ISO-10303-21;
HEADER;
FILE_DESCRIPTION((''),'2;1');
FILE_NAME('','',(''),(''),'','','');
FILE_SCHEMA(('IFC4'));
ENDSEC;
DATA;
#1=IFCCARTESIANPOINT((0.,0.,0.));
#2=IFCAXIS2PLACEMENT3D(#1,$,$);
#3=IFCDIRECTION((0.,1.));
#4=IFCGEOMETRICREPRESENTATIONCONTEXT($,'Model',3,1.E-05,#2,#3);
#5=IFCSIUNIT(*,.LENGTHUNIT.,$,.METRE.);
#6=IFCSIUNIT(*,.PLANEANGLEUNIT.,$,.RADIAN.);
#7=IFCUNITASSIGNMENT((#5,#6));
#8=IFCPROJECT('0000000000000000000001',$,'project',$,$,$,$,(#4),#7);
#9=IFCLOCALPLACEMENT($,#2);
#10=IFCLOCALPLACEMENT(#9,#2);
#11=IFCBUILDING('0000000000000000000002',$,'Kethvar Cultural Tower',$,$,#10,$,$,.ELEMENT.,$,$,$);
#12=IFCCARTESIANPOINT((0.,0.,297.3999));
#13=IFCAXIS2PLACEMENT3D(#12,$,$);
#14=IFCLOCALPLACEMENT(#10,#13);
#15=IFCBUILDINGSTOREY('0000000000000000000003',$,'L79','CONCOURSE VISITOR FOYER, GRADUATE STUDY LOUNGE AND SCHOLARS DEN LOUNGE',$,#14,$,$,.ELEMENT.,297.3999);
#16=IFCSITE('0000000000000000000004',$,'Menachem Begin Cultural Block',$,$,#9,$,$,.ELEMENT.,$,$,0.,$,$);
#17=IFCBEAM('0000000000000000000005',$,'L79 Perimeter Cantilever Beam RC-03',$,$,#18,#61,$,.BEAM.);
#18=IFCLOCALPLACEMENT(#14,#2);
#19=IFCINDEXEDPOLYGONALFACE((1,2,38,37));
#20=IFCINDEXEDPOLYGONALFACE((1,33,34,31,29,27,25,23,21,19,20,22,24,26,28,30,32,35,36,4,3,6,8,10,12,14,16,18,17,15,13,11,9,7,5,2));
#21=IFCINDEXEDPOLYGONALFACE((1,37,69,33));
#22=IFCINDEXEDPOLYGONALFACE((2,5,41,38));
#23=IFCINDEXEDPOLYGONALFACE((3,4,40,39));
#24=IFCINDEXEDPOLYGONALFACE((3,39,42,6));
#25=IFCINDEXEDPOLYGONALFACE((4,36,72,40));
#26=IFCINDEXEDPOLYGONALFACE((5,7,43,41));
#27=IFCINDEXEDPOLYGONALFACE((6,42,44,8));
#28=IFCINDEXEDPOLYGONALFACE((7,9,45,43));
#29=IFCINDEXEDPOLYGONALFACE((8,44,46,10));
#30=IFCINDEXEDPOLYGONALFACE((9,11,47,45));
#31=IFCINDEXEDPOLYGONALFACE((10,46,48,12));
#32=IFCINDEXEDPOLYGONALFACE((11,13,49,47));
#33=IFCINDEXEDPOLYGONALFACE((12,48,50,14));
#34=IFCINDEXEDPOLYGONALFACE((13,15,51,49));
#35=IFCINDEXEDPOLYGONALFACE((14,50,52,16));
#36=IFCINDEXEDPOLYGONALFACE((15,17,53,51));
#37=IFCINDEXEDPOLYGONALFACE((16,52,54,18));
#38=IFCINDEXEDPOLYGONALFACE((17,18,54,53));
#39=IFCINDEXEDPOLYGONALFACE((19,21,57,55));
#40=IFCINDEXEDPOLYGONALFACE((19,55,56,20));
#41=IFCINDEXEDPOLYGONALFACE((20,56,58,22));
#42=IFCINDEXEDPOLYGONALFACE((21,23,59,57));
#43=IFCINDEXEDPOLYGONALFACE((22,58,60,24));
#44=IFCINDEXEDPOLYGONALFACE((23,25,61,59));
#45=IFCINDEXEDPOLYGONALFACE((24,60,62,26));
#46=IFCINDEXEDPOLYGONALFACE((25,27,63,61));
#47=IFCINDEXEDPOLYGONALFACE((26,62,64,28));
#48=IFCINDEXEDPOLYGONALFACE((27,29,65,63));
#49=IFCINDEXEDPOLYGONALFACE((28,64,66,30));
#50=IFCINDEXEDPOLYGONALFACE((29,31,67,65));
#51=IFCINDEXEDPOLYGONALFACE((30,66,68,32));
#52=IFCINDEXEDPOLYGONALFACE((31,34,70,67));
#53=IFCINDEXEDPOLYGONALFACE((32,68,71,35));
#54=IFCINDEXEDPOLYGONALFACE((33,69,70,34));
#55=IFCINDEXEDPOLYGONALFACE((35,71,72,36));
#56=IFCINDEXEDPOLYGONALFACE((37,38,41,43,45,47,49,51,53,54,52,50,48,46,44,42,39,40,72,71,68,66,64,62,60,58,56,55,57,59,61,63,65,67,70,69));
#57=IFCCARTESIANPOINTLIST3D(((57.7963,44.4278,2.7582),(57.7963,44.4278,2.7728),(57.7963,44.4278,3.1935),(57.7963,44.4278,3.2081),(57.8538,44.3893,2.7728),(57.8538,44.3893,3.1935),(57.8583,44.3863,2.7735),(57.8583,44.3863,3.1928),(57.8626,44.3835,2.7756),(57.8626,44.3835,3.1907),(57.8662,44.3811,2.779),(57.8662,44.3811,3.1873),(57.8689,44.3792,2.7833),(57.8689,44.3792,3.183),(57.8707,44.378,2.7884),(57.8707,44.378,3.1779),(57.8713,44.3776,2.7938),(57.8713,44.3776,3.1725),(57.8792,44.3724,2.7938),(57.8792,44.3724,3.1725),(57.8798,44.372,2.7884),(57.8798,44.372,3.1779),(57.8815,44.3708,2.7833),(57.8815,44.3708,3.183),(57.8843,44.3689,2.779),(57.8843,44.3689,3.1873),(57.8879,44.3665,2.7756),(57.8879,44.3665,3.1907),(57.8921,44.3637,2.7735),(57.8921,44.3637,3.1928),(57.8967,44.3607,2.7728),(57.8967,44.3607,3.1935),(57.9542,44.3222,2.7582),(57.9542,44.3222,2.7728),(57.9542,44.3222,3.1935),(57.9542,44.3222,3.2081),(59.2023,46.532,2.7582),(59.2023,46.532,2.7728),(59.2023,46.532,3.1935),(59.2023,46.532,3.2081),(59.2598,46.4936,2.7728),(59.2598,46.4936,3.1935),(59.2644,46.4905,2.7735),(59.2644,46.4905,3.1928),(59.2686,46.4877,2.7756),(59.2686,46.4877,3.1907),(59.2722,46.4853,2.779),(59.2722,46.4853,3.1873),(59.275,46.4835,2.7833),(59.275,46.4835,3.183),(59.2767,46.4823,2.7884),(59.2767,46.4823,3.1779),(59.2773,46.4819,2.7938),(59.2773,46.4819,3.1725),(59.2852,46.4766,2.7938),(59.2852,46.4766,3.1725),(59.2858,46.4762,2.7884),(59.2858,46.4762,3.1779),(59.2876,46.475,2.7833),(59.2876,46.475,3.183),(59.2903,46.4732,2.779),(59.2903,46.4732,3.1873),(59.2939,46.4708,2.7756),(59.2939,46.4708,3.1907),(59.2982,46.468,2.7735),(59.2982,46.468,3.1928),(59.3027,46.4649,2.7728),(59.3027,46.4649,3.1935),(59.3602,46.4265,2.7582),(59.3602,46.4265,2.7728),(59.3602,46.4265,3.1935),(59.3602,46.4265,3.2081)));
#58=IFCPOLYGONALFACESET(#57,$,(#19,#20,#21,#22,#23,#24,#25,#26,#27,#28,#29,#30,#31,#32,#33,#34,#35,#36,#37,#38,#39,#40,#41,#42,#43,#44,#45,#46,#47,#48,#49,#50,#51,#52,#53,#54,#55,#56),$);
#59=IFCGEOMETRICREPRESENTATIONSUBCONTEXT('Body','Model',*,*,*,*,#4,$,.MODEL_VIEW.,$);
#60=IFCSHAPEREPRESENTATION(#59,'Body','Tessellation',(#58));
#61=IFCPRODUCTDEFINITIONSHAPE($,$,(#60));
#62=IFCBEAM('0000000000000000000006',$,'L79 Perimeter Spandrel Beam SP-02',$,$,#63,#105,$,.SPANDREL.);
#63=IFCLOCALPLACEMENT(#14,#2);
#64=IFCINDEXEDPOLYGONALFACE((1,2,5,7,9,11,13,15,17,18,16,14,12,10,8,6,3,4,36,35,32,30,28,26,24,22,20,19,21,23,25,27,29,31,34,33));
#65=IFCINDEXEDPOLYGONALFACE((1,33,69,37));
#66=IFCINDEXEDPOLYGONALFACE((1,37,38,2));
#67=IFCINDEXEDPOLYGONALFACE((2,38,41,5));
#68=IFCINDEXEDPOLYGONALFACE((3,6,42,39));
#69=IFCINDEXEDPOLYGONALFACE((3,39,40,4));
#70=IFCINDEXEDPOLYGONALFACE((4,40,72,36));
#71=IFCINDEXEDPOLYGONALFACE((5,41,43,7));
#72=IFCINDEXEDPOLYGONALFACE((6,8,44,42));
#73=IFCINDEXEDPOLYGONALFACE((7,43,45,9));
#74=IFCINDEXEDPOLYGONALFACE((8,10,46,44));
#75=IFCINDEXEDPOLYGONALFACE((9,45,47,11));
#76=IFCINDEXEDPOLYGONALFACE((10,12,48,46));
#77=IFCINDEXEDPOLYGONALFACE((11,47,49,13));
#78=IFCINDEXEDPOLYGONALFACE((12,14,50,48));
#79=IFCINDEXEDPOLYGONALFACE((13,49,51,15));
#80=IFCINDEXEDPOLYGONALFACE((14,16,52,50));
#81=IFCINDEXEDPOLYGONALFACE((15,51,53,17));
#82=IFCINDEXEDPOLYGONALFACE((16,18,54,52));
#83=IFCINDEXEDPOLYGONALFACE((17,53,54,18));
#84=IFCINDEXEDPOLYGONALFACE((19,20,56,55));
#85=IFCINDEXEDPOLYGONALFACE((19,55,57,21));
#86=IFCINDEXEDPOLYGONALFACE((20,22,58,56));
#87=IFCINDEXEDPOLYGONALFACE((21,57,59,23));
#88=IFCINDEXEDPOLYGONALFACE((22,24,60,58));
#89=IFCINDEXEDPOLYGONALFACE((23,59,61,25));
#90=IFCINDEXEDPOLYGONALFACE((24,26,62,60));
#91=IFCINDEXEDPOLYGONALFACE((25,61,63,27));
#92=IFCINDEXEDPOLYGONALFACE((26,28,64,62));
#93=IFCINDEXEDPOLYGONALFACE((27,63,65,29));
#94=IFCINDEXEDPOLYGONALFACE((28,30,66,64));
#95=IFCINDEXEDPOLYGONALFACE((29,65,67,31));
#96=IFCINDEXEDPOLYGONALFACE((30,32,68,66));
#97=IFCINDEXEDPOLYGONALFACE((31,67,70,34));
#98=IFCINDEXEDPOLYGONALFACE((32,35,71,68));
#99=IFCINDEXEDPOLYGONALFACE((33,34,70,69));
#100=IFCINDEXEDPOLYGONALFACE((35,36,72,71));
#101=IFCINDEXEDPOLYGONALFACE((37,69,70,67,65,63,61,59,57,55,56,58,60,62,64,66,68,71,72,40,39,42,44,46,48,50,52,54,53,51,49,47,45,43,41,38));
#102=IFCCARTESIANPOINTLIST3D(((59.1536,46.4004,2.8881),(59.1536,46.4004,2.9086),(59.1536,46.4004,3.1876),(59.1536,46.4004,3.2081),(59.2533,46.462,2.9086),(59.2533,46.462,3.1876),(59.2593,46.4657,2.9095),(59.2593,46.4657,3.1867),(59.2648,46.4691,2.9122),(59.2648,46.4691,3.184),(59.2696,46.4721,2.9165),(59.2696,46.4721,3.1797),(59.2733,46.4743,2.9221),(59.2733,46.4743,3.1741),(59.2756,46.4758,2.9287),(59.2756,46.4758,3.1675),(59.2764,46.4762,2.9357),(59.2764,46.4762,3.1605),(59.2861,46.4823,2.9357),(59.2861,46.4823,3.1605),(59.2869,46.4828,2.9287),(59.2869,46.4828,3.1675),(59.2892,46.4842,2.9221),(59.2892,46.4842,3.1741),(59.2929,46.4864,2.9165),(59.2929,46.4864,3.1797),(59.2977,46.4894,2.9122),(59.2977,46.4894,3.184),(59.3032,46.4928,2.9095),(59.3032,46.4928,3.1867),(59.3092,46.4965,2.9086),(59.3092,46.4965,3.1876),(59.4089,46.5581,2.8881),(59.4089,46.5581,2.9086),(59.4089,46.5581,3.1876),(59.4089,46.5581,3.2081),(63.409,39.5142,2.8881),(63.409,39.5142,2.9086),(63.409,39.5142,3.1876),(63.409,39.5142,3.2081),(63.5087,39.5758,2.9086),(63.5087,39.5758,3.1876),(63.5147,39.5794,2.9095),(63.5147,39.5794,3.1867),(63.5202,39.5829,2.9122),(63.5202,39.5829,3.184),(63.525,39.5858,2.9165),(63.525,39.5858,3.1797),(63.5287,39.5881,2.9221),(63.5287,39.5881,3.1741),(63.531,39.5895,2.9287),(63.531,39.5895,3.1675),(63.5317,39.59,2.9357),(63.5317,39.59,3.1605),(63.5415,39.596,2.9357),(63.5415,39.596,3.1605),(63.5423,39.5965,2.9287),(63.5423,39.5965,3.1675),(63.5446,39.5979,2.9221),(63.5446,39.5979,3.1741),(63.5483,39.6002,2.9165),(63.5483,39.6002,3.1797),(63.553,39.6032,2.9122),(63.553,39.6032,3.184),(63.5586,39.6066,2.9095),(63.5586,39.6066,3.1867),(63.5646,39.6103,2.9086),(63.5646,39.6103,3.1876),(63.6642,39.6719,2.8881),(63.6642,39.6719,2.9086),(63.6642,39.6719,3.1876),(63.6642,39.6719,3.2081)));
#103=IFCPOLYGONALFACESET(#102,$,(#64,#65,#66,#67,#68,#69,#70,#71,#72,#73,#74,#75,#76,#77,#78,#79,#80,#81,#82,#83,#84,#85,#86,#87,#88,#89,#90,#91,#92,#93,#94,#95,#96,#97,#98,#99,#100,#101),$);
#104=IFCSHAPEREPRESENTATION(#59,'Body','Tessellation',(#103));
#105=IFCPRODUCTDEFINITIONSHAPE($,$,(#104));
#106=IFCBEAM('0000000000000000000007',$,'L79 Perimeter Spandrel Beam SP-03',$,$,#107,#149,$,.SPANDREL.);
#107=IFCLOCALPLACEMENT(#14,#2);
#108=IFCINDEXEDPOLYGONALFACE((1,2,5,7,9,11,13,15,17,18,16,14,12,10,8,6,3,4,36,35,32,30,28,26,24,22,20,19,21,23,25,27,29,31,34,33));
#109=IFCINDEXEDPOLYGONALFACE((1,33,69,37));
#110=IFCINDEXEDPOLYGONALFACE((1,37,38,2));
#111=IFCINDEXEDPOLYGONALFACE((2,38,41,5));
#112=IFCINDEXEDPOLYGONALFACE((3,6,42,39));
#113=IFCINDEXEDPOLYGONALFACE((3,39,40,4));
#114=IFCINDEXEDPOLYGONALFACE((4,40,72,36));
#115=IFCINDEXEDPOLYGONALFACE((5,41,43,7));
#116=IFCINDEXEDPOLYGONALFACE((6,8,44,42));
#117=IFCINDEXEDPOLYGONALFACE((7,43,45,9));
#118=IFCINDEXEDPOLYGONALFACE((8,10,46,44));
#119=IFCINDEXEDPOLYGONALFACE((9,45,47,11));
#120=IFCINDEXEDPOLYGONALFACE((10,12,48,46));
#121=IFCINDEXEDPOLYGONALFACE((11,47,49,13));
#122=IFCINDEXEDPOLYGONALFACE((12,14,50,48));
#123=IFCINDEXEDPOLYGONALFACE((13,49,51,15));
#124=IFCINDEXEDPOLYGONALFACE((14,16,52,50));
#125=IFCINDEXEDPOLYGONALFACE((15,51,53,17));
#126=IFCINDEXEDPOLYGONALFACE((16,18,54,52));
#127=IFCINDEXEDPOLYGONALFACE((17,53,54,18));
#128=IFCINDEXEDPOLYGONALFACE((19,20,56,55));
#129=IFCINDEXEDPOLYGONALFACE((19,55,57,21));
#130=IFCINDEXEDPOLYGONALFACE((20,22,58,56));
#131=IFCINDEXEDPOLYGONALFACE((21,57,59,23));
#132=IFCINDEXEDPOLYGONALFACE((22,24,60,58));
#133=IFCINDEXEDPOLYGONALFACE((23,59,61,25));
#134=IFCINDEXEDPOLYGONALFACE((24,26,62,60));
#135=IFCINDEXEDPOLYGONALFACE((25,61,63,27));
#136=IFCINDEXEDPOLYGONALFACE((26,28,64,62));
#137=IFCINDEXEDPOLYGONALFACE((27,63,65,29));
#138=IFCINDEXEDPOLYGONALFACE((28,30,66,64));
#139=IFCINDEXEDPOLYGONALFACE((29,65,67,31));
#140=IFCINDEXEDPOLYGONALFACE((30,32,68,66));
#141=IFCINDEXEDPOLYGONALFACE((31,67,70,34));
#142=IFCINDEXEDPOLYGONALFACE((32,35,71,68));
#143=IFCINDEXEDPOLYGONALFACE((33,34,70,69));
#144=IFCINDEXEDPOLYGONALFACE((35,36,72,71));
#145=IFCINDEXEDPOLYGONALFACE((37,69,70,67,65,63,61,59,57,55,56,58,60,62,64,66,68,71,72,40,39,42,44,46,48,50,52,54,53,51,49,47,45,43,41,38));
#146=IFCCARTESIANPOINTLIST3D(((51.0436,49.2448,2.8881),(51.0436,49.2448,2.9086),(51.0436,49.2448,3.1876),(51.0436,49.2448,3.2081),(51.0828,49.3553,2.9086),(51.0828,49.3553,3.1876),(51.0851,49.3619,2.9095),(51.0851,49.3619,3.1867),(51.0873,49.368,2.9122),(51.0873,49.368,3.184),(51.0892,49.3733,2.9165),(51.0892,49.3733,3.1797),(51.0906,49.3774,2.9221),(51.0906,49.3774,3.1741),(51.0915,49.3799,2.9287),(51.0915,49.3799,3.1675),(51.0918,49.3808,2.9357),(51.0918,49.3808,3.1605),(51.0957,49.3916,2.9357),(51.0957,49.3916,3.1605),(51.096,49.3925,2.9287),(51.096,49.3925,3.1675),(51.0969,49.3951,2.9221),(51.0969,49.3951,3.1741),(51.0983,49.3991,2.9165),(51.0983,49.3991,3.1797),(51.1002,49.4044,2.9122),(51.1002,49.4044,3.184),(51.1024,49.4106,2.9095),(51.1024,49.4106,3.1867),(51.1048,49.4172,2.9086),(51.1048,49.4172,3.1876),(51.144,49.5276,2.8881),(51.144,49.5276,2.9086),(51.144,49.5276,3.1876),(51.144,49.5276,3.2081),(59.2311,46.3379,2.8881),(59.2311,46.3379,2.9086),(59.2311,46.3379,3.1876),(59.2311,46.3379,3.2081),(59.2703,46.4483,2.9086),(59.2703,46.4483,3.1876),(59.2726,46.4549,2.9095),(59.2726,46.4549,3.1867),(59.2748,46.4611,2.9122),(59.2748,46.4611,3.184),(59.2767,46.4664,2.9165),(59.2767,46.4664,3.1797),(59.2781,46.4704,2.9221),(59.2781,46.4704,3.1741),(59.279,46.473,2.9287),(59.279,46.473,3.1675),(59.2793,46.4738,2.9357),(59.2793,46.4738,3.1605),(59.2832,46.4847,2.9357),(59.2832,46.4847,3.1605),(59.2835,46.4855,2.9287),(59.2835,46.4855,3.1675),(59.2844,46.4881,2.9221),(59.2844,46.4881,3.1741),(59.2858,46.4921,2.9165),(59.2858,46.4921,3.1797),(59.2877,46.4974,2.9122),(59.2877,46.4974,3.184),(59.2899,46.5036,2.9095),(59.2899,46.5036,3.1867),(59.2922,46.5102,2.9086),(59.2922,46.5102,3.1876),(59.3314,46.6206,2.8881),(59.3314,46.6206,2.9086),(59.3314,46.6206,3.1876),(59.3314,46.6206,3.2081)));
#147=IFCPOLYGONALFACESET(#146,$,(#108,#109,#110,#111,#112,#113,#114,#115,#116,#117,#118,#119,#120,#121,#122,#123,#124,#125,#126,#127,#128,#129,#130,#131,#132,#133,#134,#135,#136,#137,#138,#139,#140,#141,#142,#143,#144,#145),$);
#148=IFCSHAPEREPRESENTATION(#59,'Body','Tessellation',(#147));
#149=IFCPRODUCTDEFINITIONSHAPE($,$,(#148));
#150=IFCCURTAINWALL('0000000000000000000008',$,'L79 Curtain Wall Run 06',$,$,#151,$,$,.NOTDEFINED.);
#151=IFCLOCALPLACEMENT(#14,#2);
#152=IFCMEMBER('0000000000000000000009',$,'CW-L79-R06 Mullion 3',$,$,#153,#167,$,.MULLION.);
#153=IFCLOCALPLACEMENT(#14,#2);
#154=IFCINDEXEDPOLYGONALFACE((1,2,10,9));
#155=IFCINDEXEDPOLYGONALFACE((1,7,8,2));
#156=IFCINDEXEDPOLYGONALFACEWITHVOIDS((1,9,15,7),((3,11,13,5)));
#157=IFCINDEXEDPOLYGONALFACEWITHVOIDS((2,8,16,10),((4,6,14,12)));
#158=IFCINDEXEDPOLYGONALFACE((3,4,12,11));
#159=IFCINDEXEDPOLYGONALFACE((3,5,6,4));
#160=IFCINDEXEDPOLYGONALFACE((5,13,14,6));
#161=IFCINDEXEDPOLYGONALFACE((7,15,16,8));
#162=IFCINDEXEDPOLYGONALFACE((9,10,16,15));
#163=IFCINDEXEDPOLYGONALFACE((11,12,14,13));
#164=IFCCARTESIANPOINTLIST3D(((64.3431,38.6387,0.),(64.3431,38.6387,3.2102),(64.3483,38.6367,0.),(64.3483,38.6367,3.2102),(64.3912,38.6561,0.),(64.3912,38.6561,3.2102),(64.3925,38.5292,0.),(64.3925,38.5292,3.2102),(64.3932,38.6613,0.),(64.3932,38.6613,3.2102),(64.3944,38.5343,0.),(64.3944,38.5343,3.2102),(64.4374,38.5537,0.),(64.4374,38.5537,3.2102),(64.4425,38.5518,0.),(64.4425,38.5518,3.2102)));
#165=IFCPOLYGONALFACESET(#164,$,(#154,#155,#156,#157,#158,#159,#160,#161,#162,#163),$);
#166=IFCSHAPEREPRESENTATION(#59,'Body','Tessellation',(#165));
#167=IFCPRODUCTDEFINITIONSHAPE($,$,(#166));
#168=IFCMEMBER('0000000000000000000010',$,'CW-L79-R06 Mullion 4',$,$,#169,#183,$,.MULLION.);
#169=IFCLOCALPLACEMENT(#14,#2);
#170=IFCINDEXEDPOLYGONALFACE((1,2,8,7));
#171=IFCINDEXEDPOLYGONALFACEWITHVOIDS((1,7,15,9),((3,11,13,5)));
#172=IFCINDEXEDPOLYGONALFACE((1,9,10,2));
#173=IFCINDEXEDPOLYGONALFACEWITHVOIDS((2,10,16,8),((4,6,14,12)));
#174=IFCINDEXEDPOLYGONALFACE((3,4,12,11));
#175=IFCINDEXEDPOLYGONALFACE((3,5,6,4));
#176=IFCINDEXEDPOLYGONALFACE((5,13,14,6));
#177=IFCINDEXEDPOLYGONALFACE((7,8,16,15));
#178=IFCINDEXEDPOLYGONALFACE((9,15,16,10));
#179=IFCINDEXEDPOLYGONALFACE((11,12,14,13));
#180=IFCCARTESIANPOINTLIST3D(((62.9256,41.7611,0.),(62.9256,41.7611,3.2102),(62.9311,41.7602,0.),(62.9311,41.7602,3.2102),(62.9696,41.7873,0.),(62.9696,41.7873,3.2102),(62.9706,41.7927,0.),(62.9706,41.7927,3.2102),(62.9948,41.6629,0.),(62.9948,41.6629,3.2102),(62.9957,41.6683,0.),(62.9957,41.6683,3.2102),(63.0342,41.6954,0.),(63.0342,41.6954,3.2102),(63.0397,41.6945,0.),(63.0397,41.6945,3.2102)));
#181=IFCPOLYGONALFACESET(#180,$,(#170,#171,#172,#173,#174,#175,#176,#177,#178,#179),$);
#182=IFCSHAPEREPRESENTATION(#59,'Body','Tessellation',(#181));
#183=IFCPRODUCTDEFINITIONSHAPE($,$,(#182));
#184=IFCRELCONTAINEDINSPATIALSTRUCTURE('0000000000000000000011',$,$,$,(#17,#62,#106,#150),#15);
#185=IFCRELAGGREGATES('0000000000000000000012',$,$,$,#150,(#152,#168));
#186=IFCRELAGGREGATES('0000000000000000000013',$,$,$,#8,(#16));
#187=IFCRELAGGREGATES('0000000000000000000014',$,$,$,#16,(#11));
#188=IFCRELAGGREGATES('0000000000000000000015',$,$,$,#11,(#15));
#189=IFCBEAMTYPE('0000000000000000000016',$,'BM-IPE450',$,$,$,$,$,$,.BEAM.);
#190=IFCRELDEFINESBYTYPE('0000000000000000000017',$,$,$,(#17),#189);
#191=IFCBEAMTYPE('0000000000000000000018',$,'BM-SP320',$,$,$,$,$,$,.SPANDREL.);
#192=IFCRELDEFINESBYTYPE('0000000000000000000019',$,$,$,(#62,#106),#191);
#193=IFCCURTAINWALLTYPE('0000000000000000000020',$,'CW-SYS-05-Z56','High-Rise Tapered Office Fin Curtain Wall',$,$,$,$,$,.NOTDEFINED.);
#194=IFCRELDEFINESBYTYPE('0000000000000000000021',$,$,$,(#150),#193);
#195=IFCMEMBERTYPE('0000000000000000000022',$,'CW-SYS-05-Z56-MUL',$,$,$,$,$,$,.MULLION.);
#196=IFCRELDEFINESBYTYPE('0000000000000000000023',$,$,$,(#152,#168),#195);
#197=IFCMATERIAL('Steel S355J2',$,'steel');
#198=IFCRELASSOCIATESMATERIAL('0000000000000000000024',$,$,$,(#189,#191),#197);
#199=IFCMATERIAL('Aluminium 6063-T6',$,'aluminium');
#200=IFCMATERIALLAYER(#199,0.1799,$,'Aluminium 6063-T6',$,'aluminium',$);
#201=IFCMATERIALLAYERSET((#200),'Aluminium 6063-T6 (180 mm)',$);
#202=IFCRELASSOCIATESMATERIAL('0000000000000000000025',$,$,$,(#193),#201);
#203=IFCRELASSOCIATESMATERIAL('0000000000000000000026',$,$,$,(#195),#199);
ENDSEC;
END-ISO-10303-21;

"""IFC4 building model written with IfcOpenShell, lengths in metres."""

from ifc_helpers import new_model, si_unit, direction, frame, origin, origin_2d, place, context, subcontext, project, spatial, hollow_rectangle, i_section, extrude, source, transform, mapped, material, layer, layer_set, material_profile, profile_set, type_object, element, aggregate, save


model = new_model("IFC4")

# Units and contexts
model_context = context("Model", 3, precision=1e-05, world=origin(), true_north=direction((0.0, 1.0)))
body_context = subcontext(model_context, "Body", "Model", "MODEL_VIEW")
ifc_project = project(units=[si_unit("LENGTHUNIT", "METRE"), si_unit("PLANEANGLEUNIT", "RADIAN")], contexts=[model_context])

# Site, building, storey
site_placement = place(None, origin())
site = spatial("IfcSite", under=ifc_project, at=site_placement, Name="Menachem Begin Cultural Block", CompositionType="ELEMENT", RefElevation=0.0)
building_placement = place(site_placement, origin())
building = spatial("IfcBuilding", under=site, at=building_placement, Name="Kethvar Cultural Tower", CompositionType="ELEMENT")
storey_placement = place(building_placement, frame((0.0, 0.0, 297.3999)))
storey = spatial("IfcBuildingStorey", under=building, at=storey_placement, Name="L79", Description="CONCOURSE VISITOR FOYER, GRADUATE STUDY LOUNGE AND SCHOLARS DEN LOUNGE", CompositionType="ELEMENT", Elevation=297.3999)

# Shared definitions
ifc_material_1 = material(Name="Steel S355J2", Category="steel")

# Beams
ifc_material_profile_1 = material_profile(ifc_material_1, i_section(OverallWidth=0.1899, OverallDepth=0.45, WebThickness=0.0095, FlangeThickness=0.0146, FilletRadius=0.021, at=origin_2d()), Name="Steel S355J2 — IPE450")
ifc_profile_set_1 = profile_set([ifc_material_profile_1], Name="Steel S355J2 — IPE450")
beam_type_1 = type_object("IfcBeamType", Name="BM-IPE450", PredefinedType="BEAM", material=ifc_profile_set_1)
shared_shape_1 = source(origin(), body_context, "Body", "SweptSolid", [
    extrude(i_section(OverallWidth=0.1899, OverallDepth=0.45, WebThickness=0.0095, FlangeThickness=0.0146, FilletRadius=0.021, at=origin_2d()), origin(), (0.0, 0.0, 1.0), 2.5308),
])
beam_1_placement = place(storey_placement, frame((57.8752, 44.375, 2.9832), z_axis=(0.555568, 0.831471, 0.0), x_axis=(-0.831471, 0.555568, 0.0)))
element("IfcBeam", 1, at=beam_1_placement, inside=storey, type_object=beam_type_1, Name="L79 Perimeter Cantilever Beam RC-03", PredefinedType="BEAM", context=body_context, shape_type="MappedRepresentation", body=[
    mapped(shared_shape_1, transform((0.0, 0.0, 0.0), scale=1.0)),
])
ifc_material_profile_2 = material_profile(ifc_material_1, i_section(OverallWidth=0.3, OverallDepth=0.3201, WebThickness=0.0115, FlangeThickness=0.0205, FilletRadius=0.0271, at=origin_2d()), Name="Steel S355J2 — HEB320")
ifc_profile_set_2 = profile_set([ifc_material_profile_2], Name="Steel S355J2 — HEB320")
beam_type_2 = type_object("IfcBeamType", Name="BM-SP320", PredefinedType="SPANDREL", material=ifc_profile_set_2)
shared_shape_2 = source(origin(), body_context, "Body", "SweptSolid", [
    extrude(i_section(OverallWidth=0.3, OverallDepth=0.3201, WebThickness=0.0115, FlangeThickness=0.0205, FilletRadius=0.0271, at=origin_2d()), origin(), (0.0, 0.0, 1.0), 8.095),
])
beam_2_placement = place(storey_placement, frame((63.5366, 39.593, 3.0481), z_axis=(-0.525682, 0.850681, 0.0), x_axis=(-0.850681, -0.525682, 0.0)))
element("IfcBeam", 2, at=beam_2_placement, inside=storey, type_object=beam_type_2, Name="L79 Perimeter Spandrel Beam SP-02", PredefinedType="SPANDREL", context=body_context, shape_type="MappedRepresentation", body=[
    mapped(shared_shape_2, transform((0.0, 0.0, 0.0), scale=1.0)),
])
shared_shape_3 = source(origin(), body_context, "Body", "SweptSolid", [
    extrude(i_section(OverallWidth=0.3, OverallDepth=0.3201, WebThickness=0.0115, FlangeThickness=0.0205, FilletRadius=0.0271, at=origin_2d()), origin(), (0.0, 0.0, 1.0), 8.6882),
])
beam_3_placement = place(storey_placement, frame((59.2812, 46.4792, 3.0481), z_axis=(-0.942365, 0.334588, 0.0), x_axis=(-0.334588, -0.942365, 0.0)))
element("IfcBeam", 3, at=beam_3_placement, inside=storey, type_object=beam_type_2, Name="L79 Perimeter Spandrel Beam SP-03", PredefinedType="SPANDREL", context=body_context, shape_type="MappedRepresentation", body=[
    mapped(shared_shape_3, transform((0.0, 0.0, 0.0), scale=1.0)),
])

# Curtain wall, members
ifc_material_2 = material(Name="Aluminium 6063-T6", Category="aluminium")
ifc_layer_1 = layer(ifc_material_2, 0.1799, Name="Aluminium 6063-T6", Category="aluminium")
ifc_layer_set_1 = layer_set([ifc_layer_1], Name="Aluminium 6063-T6 (180 mm)")
curtain_wall_type = type_object("IfcCurtainWallType", Name="CW-SYS-05-Z56", Description="High-Rise Tapered Office Fin Curtain Wall", PredefinedType="NOTDEFINED", material=ifc_layer_set_1)
curtain_wall_placement = place(storey_placement, origin())
curtain_wall = element("IfcCurtainWall", 4, at=curtain_wall_placement, inside=storey, type_object=curtain_wall_type, Name="L79 Curtain Wall Run 06", PredefinedType="NOTDEFINED")
ifc_material_profile_3 = material_profile(ifc_material_2, hollow_rectangle(XDim=0.0549, YDim=0.1201, WallThickness=0.0039, at=origin_2d()), Name="Aluminium 6063-T6 — RHS120x55x4")
ifc_profile_set_3 = profile_set([ifc_material_profile_3], Name="Aluminium 6063-T6 — RHS120x55x4")
member_type_1 = type_object("IfcMemberType", Name="CW-SYS-05-Z56-MUL", PredefinedType="MULLION", material=ifc_profile_set_3)
shared_shape_4 = source(origin(), body_context, "Body", "SweptSolid", [
    extrude(hollow_rectangle(XDim=0.0549, YDim=0.1201, WallThickness=0.0039, at=origin_2d()), origin(), (0.0, 0.0, 1.0), 3.2102),
])
member_1_placement = place(storey_placement, frame((64.3928, 38.5952, 0.0), z_axis=(0.0, 0.0, 1.0), x_axis=(-0.91164, -0.410989, 0.0)))
member_1 = element("IfcMember", 5, at=member_1_placement, type_object=member_type_1, Name="CW-L79-R06 Mullion 3", PredefinedType="MULLION", context=body_context, shape_type="MappedRepresentation", body=[
    mapped(shared_shape_4, transform((0.0, 0.0, 0.0), scale=1.0)),
])
member_2_placement = place(storey_placement, frame((62.9827, 41.7278, 0.0), z_axis=(0.0, 0.0, 1.0), x_axis=(-0.817929, -0.575319, 0.0)))
member_2 = element("IfcMember", 6, at=member_2_placement, type_object=member_type_1, Name="CW-L79-R06 Mullion 4", PredefinedType="MULLION", context=body_context, shape_type="MappedRepresentation", body=[
    mapped(shared_shape_4, transform((0.0, 0.0, 0.0), scale=1.0)),
])
aggregate(curtain_wall, [member_1, member_2])

save(model, "model.ifc")
